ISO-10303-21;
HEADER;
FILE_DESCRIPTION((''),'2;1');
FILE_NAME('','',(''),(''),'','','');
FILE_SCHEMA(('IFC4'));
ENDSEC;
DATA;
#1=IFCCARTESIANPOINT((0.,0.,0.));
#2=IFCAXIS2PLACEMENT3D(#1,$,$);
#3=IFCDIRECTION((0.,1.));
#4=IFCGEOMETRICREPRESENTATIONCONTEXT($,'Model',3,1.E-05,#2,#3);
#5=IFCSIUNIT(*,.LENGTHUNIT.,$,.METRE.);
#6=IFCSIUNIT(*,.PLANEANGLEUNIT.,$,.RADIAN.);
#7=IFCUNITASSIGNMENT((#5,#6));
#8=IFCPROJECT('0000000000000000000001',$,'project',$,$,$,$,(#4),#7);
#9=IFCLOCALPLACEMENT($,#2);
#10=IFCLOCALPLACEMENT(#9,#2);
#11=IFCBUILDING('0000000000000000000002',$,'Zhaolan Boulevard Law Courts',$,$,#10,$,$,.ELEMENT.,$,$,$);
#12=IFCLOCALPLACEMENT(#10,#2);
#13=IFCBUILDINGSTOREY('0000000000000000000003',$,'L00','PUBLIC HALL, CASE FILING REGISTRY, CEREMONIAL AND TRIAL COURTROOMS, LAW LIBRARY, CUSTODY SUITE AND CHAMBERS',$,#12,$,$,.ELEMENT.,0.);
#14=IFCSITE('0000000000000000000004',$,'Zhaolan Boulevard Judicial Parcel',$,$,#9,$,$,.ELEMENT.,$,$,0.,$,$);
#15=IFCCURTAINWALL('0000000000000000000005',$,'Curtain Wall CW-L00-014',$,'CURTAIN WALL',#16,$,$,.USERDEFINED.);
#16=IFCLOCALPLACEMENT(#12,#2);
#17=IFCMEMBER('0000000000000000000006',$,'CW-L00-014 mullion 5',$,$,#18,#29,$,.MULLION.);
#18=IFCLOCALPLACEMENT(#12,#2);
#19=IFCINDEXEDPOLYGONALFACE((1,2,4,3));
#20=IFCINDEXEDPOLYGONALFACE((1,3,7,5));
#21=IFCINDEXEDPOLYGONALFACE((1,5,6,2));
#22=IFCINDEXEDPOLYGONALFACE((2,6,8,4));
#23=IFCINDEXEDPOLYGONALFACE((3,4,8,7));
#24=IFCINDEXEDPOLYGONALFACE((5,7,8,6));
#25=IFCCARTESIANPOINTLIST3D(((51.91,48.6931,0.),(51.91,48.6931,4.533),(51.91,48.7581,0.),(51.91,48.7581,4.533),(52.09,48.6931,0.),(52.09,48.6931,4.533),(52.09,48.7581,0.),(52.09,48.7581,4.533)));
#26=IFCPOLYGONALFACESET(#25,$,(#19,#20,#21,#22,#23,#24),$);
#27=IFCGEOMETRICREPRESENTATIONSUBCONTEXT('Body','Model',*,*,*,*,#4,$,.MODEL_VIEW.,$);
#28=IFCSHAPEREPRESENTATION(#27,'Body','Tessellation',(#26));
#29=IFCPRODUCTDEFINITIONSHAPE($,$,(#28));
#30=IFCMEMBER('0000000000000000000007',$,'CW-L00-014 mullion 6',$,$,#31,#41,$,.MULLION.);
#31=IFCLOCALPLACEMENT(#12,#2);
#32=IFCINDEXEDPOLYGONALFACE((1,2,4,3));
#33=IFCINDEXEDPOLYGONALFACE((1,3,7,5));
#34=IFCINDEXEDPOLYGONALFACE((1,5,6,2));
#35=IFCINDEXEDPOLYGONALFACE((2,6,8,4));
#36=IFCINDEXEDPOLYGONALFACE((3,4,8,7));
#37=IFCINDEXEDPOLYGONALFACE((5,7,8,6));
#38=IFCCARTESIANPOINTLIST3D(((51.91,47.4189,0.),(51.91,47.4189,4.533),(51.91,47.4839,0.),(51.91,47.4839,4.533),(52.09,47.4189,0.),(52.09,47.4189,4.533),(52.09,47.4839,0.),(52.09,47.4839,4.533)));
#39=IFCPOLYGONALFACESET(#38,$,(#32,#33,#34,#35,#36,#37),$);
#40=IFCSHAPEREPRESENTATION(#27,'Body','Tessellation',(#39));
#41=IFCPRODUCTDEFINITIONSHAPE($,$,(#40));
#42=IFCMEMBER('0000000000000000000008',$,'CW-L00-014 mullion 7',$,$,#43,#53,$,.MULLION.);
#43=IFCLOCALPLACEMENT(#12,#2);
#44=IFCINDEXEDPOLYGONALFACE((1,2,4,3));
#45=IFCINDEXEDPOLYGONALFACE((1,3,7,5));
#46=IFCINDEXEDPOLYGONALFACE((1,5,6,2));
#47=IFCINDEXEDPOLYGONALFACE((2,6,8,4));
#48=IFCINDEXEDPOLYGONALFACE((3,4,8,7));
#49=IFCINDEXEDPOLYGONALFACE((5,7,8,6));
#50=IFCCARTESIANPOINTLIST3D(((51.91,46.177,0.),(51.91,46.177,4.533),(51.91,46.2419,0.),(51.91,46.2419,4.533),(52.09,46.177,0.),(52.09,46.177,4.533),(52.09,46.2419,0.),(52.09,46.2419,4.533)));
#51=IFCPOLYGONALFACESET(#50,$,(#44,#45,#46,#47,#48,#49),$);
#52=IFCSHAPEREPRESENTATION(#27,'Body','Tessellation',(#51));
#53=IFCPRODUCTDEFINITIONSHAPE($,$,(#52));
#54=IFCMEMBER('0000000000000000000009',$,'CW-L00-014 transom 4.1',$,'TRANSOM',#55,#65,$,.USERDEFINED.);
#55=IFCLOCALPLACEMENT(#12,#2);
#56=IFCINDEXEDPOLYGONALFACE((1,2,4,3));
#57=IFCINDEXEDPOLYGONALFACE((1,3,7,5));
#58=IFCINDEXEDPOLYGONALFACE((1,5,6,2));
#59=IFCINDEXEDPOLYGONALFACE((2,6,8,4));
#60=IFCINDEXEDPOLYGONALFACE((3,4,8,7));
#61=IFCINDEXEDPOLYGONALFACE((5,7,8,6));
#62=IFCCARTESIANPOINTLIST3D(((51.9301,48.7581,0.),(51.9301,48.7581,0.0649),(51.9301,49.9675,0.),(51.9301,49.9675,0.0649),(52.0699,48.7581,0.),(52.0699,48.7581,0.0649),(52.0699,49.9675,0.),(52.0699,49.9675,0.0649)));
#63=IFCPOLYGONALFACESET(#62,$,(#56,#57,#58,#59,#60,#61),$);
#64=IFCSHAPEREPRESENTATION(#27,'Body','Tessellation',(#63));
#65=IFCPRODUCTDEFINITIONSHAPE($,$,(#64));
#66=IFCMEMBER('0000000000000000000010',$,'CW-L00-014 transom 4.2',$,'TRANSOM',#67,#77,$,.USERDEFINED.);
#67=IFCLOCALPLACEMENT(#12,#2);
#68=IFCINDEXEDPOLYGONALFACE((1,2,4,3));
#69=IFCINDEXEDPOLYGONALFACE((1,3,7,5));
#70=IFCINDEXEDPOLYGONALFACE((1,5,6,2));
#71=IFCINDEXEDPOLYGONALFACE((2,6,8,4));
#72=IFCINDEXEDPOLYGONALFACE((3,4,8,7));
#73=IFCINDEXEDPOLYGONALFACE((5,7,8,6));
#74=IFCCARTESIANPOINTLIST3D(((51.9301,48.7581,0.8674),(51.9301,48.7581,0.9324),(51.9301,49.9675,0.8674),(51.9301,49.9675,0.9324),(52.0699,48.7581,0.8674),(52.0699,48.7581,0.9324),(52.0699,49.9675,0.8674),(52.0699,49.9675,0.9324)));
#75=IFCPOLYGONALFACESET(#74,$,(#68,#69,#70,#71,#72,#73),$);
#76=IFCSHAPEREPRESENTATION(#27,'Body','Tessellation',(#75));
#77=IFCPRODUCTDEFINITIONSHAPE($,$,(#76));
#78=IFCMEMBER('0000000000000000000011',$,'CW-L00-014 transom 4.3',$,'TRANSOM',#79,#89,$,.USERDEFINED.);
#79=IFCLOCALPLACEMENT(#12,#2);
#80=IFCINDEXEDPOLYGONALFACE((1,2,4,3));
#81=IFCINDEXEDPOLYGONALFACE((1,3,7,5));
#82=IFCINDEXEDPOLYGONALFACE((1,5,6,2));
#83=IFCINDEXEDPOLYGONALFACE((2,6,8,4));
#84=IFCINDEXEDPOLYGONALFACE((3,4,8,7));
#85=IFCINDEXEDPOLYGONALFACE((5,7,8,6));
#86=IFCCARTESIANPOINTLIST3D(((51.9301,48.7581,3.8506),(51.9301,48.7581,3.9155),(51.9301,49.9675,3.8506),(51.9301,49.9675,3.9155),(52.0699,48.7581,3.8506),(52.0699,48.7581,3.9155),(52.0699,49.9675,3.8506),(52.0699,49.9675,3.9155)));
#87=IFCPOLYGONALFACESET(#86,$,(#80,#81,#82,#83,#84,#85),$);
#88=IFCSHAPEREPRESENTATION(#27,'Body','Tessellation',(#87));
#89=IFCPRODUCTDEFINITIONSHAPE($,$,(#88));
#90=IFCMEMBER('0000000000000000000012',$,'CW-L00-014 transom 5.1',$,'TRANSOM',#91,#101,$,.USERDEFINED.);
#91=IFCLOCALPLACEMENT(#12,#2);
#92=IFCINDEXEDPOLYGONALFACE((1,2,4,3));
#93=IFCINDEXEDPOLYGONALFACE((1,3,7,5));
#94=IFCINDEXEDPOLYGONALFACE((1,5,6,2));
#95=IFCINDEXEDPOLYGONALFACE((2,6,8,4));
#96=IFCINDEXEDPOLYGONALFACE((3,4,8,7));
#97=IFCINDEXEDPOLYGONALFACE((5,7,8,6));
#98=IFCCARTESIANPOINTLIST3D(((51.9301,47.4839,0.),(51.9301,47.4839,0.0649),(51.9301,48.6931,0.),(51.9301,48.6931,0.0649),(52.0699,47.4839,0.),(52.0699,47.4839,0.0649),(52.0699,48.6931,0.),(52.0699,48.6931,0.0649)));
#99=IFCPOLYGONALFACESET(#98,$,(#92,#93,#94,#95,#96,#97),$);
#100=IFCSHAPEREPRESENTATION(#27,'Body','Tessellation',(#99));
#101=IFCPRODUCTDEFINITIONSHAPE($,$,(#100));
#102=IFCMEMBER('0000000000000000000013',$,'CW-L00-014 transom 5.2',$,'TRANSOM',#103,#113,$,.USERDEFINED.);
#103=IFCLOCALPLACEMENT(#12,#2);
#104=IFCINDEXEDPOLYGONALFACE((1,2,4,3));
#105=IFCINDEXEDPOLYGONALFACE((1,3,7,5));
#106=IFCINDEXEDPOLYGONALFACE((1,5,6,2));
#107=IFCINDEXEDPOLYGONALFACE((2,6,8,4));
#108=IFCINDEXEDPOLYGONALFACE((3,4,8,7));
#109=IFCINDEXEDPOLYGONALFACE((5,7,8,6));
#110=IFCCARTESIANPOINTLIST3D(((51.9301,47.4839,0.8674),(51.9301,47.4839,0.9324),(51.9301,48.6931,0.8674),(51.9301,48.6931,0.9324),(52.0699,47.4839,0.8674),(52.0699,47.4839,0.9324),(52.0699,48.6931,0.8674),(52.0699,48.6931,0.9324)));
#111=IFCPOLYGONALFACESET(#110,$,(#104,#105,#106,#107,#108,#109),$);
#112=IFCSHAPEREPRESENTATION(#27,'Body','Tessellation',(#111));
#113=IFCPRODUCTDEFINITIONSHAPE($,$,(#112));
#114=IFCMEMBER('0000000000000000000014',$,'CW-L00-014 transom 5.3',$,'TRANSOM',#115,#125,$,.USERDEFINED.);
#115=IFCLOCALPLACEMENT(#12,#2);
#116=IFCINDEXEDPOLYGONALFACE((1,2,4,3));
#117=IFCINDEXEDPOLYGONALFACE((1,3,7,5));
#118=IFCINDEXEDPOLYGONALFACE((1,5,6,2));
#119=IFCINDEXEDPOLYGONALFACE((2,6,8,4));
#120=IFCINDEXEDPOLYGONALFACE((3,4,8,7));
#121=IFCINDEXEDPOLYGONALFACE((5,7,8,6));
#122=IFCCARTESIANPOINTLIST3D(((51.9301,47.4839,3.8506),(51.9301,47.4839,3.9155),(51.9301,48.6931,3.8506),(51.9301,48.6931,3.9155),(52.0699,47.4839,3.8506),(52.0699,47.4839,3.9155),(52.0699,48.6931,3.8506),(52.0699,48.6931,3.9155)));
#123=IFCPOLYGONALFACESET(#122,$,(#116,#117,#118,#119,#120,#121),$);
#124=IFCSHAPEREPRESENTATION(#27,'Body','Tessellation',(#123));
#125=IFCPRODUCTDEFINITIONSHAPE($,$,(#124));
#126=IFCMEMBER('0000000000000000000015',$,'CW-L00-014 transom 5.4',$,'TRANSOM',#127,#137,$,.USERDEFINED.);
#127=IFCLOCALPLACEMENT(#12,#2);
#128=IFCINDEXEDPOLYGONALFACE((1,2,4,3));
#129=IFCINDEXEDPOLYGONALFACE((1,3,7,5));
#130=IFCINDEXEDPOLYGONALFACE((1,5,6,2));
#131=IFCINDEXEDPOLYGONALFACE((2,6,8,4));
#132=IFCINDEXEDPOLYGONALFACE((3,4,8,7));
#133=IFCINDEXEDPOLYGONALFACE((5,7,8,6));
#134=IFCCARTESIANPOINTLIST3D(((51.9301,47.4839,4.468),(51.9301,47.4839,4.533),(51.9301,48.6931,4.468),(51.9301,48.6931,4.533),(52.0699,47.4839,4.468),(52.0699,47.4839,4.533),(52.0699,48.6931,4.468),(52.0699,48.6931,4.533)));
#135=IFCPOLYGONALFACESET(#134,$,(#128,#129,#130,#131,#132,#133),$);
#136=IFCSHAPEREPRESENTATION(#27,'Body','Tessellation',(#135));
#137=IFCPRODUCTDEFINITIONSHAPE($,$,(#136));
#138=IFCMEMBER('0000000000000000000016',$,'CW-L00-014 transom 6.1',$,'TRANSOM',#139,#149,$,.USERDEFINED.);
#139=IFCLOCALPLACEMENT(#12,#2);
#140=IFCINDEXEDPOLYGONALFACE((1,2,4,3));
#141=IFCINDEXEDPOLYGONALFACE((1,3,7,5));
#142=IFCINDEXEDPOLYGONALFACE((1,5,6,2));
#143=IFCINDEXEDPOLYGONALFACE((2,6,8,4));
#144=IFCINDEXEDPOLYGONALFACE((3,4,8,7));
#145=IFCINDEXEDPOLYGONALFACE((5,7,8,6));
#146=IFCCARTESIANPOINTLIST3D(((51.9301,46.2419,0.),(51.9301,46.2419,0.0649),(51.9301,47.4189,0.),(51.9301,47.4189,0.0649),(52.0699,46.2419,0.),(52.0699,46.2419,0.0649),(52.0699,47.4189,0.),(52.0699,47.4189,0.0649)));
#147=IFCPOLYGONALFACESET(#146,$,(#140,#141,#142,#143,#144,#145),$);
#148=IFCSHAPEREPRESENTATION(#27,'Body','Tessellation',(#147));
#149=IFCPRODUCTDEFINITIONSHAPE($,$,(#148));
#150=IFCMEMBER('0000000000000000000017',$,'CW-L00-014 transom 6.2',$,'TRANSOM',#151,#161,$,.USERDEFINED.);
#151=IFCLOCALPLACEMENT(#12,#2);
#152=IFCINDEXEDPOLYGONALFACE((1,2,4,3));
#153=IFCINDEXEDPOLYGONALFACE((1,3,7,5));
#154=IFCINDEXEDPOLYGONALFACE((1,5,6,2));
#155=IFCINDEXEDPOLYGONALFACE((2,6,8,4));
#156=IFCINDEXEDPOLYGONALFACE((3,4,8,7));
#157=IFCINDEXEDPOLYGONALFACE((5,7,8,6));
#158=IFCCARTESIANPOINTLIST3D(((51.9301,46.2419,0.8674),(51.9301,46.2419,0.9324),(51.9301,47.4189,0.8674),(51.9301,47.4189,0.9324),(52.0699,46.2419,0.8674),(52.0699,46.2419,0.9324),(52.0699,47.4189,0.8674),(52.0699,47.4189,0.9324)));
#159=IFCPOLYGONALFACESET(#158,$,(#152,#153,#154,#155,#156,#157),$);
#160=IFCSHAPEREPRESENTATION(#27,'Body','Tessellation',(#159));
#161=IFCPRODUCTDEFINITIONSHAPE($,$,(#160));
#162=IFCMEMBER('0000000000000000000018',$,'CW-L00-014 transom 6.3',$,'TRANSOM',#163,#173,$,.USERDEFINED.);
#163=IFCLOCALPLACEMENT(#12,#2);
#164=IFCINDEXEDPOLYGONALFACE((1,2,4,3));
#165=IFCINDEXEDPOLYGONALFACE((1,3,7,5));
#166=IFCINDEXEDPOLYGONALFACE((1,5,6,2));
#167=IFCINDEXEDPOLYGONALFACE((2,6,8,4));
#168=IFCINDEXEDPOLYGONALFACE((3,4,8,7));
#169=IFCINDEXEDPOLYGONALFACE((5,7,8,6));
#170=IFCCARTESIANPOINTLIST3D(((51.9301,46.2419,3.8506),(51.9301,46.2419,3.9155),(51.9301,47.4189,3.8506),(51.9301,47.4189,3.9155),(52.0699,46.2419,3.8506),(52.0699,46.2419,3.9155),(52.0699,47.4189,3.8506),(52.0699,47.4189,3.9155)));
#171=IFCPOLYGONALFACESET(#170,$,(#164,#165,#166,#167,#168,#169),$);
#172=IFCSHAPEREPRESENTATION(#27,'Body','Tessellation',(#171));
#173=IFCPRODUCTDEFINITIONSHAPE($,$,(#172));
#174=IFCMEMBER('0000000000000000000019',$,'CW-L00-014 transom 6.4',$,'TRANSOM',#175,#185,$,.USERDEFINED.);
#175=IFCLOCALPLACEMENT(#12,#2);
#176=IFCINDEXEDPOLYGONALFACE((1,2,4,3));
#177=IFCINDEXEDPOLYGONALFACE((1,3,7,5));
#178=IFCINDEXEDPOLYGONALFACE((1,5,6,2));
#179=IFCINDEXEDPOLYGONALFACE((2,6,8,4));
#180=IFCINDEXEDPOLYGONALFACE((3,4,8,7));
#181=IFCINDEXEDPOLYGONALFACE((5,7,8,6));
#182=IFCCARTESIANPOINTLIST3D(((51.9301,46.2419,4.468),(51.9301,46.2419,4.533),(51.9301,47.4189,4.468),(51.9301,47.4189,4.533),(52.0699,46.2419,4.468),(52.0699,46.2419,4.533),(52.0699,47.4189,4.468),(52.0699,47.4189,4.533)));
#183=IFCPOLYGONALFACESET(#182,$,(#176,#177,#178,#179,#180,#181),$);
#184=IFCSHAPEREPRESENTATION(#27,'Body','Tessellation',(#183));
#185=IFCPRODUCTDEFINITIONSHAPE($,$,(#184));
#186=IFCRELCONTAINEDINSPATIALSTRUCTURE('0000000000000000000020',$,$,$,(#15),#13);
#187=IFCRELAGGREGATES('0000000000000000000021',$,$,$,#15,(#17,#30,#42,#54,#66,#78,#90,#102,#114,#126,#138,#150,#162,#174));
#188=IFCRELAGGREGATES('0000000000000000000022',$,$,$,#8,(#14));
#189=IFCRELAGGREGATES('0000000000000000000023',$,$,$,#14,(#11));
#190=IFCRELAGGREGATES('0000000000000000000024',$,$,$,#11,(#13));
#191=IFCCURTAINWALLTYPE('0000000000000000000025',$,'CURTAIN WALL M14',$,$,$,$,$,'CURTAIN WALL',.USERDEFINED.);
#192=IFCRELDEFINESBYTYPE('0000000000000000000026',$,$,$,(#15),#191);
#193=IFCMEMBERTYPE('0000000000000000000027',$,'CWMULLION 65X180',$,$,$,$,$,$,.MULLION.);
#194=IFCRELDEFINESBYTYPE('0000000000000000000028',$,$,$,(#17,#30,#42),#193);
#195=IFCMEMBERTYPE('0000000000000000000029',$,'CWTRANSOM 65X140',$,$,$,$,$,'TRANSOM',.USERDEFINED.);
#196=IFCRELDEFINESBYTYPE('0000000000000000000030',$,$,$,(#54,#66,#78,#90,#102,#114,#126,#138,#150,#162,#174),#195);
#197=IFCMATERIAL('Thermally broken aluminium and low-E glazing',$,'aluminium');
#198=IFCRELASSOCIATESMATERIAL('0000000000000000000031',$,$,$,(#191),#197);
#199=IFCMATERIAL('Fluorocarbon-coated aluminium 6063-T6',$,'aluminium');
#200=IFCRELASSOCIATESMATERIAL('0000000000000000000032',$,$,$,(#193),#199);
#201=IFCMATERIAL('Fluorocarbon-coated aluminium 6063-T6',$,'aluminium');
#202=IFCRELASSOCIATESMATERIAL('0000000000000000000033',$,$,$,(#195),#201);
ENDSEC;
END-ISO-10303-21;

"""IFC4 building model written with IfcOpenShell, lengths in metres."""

from ifc_helpers import new_model, si_unit, direction, frame, origin, origin_2d, place, context, subcontext, project, spatial, rectangle, extrude, material, material_profile, profile_set, type_object, element, aggregate, save


model = new_model("IFC4")

# Units and contexts
model_context = context("Model", 3, precision=1e-05, world=origin(), true_north=direction((0.0, 1.0)))
body_context = subcontext(model_context, "Body", "Model", "MODEL_VIEW")
ifc_project = project(units=[si_unit("LENGTHUNIT", "METRE"), si_unit("PLANEANGLEUNIT", "RADIAN")], contexts=[model_context])

# Site, building, storey
site_placement = place(None, origin())
site = spatial("IfcSite", under=ifc_project, at=site_placement, Name="Zhaolan Boulevard Judicial Parcel", CompositionType="ELEMENT", RefElevation=0.0)
building_placement = place(site_placement, origin())
building = spatial("IfcBuilding", under=site, at=building_placement, Name="Zhaolan Boulevard Law Courts", CompositionType="ELEMENT")
storey_placement = place(building_placement, origin())
storey = spatial("IfcBuildingStorey", under=building, at=storey_placement, Name="L00", Description="PUBLIC HALL, CASE FILING REGISTRY, CEREMONIAL AND TRIAL COURTROOMS, LAW LIBRARY, CUSTODY SUITE AND CHAMBERS", CompositionType="ELEMENT", Elevation=0.0)

# Curtain wall, members
ifc_material_1 = material(Name="Thermally broken aluminium and low-E glazing", Category="aluminium")
curtain_wall_type = type_object("IfcCurtainWallType", Name="CURTAIN WALL M14", ElementType="CURTAIN WALL", PredefinedType="USERDEFINED", material=ifc_material_1)
curtain_wall_placement = place(storey_placement, origin())
curtain_wall = element("IfcCurtainWall", 1, at=curtain_wall_placement, inside=storey, type_object=curtain_wall_type, Name="Curtain Wall CW-L00-014", ObjectType="CURTAIN WALL", PredefinedType="USERDEFINED")
ifc_material_2 = material(Name="Fluorocarbon-coated aluminium 6063-T6", Category="aluminium")
ifc_material_profile_1 = material_profile(ifc_material_2, rectangle(XDim=0.1799, YDim=0.0649, at=origin_2d()), Name="AL65x180")
ifc_profile_set_1 = profile_set([ifc_material_profile_1], Name="Fluorocarbon-coated aluminium 6063-T6")
member_type_1 = type_object("IfcMemberType", Name="CWMULLION 65X180", PredefinedType="MULLION", material=ifc_profile_set_1)
member_1_placement = place(storey_placement, frame((52.0, 48.7256, 0.0), z_axis=(0.0, 0.0, 1.0), x_axis=(1.0, 0.0, 0.0)))
member_1 = element("IfcMember", 2, at=member_1_placement, type_object=member_type_1, Name="CW-L00-014 mullion 5", PredefinedType="MULLION", context=body_context, shape_type="SweptSolid", body=[
    extrude(rectangle(XDim=0.1799, YDim=0.0649, at=origin_2d()), origin(), (0.0, 0.0, 1.0), 4.533),
])
member_2_placement = place(storey_placement, frame((52.0, 47.4514, 0.0), z_axis=(0.0, 0.0, 1.0), x_axis=(1.0, 0.0, 0.0)))
member_2 = element("IfcMember", 3, at=member_2_placement, type_object=member_type_1, Name="CW-L00-014 mullion 6", PredefinedType="MULLION", context=body_context, shape_type="SweptSolid", body=[
    extrude(rectangle(XDim=0.1799, YDim=0.0649, at=origin_2d()), origin(), (0.0, 0.0, 1.0), 4.533),
])
member_3_placement = place(storey_placement, frame((52.0, 46.2095, 0.0), z_axis=(0.0, 0.0, 1.0), x_axis=(1.0, 0.0, 0.0)))
member_3 = element("IfcMember", 4, at=member_3_placement, type_object=member_type_1, Name="CW-L00-014 mullion 7", PredefinedType="MULLION", context=body_context, shape_type="SweptSolid", body=[
    extrude(rectangle(XDim=0.1799, YDim=0.0649, at=origin_2d()), origin(), (0.0, 0.0, 1.0), 4.533),
])
ifc_material_3 = material(Name="Fluorocarbon-coated aluminium 6063-T6", Category="aluminium")
ifc_material_profile_2 = material_profile(ifc_material_3, rectangle(XDim=0.1399, YDim=0.0649, at=origin_2d()), Name="AL65x140")
ifc_profile_set_2 = profile_set([ifc_material_profile_2], Name="Fluorocarbon-coated aluminium 6063-T6")
member_type_2 = type_object("IfcMemberType", Name="CWTRANSOM 65X140", ElementType="TRANSOM", PredefinedType="USERDEFINED", material=ifc_profile_set_2)
member_4_placement = place(storey_placement, frame((52.0, 49.9675, 0.0325), z_axis=(0.0, -1.0, 0.0), x_axis=(1.0, 0.0, 0.0)))
member_4 = element("IfcMember", 5, at=member_4_placement, type_object=member_type_2, Name="CW-L00-014 transom 4.1", ObjectType="TRANSOM", PredefinedType="USERDEFINED", context=body_context, shape_type="SweptSolid", body=[
    extrude(rectangle(XDim=0.1399, YDim=0.0649, at=origin_2d()), origin(), (0.0, 0.0, 1.0), 1.2095),
])
member_5_placement = place(storey_placement, frame((52.0, 49.9675, 0.8999), z_axis=(0.0, -1.0, 0.0), x_axis=(1.0, 0.0, 0.0)))
member_5 = element("IfcMember", 6, at=member_5_placement, type_object=member_type_2, Name="CW-L00-014 transom 4.2", ObjectType="TRANSOM", PredefinedType="USERDEFINED", context=body_context, shape_type="SweptSolid", body=[
    extrude(rectangle(XDim=0.1399, YDim=0.0649, at=origin_2d()), origin(), (0.0, 0.0, 1.0), 1.2095),
])
member_6_placement = place(storey_placement, frame((52.0, 49.9675, 3.8831), z_axis=(0.0, -1.0, 0.0), x_axis=(1.0, 0.0, 0.0)))
member_6 = element("IfcMember", 7, at=member_6_placement, type_object=member_type_2, Name="CW-L00-014 transom 4.3", ObjectType="TRANSOM", PredefinedType="USERDEFINED", context=body_context, shape_type="SweptSolid", body=[
    extrude(rectangle(XDim=0.1399, YDim=0.0649, at=origin_2d()), origin(), (0.0, 0.0, 1.0), 1.2095),
])
member_7_placement = place(storey_placement, frame((52.0, 48.6931, 0.0325), z_axis=(0.0, -1.0, 0.0), x_axis=(1.0, 0.0, 0.0)))
member_7 = element("IfcMember", 8, at=member_7_placement, type_object=member_type_2, Name="CW-L00-014 transom 5.1", ObjectType="TRANSOM", PredefinedType="USERDEFINED", context=body_context, shape_type="SweptSolid", body=[
    extrude(rectangle(XDim=0.1399, YDim=0.0649, at=origin_2d()), origin(), (0.0, 0.0, 1.0), 1.2092),
])
member_8_placement = place(storey_placement, frame((52.0, 48.6931, 0.8999), z_axis=(0.0, -1.0, 0.0), x_axis=(1.0, 0.0, 0.0)))
member_8 = element("IfcMember", 9, at=member_8_placement, type_object=member_type_2, Name="CW-L00-014 transom 5.2", ObjectType="TRANSOM", PredefinedType="USERDEFINED", context=body_context, shape_type="SweptSolid", body=[
    extrude(rectangle(XDim=0.1399, YDim=0.0649, at=origin_2d()), origin(), (0.0, 0.0, 1.0), 1.2092),
])
member_9_placement = place(storey_placement, frame((52.0, 48.6931, 3.8831), z_axis=(0.0, -1.0, 0.0), x_axis=(1.0, 0.0, 0.0)))
member_9 = element("IfcMember", 10, at=member_9_placement, type_object=member_type_2, Name="CW-L00-014 transom 5.3", ObjectType="TRANSOM", PredefinedType="USERDEFINED", context=body_context, shape_type="SweptSolid", body=[
    extrude(rectangle(XDim=0.1399, YDim=0.0649, at=origin_2d()), origin(), (0.0, 0.0, 1.0), 1.2092),
])
member_10_placement = place(storey_placement, frame((52.0, 48.6931, 4.5005), z_axis=(0.0, -1.0, 0.0), x_axis=(1.0, 0.0, 0.0)))
member_10 = element("IfcMember", 11, at=member_10_placement, type_object=member_type_2, Name="CW-L00-014 transom 5.4", ObjectType="TRANSOM", PredefinedType="USERDEFINED", context=body_context, shape_type="SweptSolid", body=[
    extrude(rectangle(XDim=0.1399, YDim=0.0649, at=origin_2d()), origin(), (0.0, 0.0, 1.0), 1.2092),
])
member_11_placement = place(storey_placement, frame((52.0, 47.4189, 0.0325), z_axis=(0.0, -1.0, 0.0), x_axis=(1.0, 0.0, 0.0)))
member_11 = element("IfcMember", 12, at=member_11_placement, type_object=member_type_2, Name="CW-L00-014 transom 6.1", ObjectType="TRANSOM", PredefinedType="USERDEFINED", context=body_context, shape_type="SweptSolid", body=[
    extrude(rectangle(XDim=0.1399, YDim=0.0649, at=origin_2d()), origin(), (0.0, 0.0, 1.0), 1.177),
])
member_12_placement = place(storey_placement, frame((52.0, 47.4189, 0.8999), z_axis=(0.0, -1.0, 0.0), x_axis=(1.0, 0.0, 0.0)))
member_12 = element("IfcMember", 13, at=member_12_placement, type_object=member_type_2, Name="CW-L00-014 transom 6.2", ObjectType="TRANSOM", PredefinedType="USERDEFINED", context=body_context, shape_type="SweptSolid", body=[
    extrude(rectangle(XDim=0.1399, YDim=0.0649, at=origin_2d()), origin(), (0.0, 0.0, 1.0), 1.177),
])
member_13_placement = place(storey_placement, frame((52.0, 47.4189, 3.8831), z_axis=(0.0, -1.0, 0.0), x_axis=(1.0, 0.0, 0.0)))
member_13 = element("IfcMember", 14, at=member_13_placement, type_object=member_type_2, Name="CW-L00-014 transom 6.3", ObjectType="TRANSOM", PredefinedType="USERDEFINED", context=body_context, shape_type="SweptSolid", body=[
    extrude(rectangle(XDim=0.1399, YDim=0.0649, at=origin_2d()), origin(), (0.0, 0.0, 1.0), 1.177),
])
member_14_placement = place(storey_placement, frame((52.0, 47.4189, 4.5005), z_axis=(0.0, -1.0, 0.0), x_axis=(1.0, 0.0, 0.0)))
member_14 = element("IfcMember", 15, at=member_14_placement, type_object=member_type_2, Name="CW-L00-014 transom 6.4", ObjectType="TRANSOM", PredefinedType="USERDEFINED", context=body_context, shape_type="SweptSolid", body=[
    extrude(rectangle(XDim=0.1399, YDim=0.0649, at=origin_2d()), origin(), (0.0, 0.0, 1.0), 1.177),
])

aggregate(curtain_wall, [member_1, member_2, member_3, member_4, member_5, member_6, member_7, member_8, member_9, member_10, member_11, member_12, member_13, member_14])

save(model, "model.ifc")
